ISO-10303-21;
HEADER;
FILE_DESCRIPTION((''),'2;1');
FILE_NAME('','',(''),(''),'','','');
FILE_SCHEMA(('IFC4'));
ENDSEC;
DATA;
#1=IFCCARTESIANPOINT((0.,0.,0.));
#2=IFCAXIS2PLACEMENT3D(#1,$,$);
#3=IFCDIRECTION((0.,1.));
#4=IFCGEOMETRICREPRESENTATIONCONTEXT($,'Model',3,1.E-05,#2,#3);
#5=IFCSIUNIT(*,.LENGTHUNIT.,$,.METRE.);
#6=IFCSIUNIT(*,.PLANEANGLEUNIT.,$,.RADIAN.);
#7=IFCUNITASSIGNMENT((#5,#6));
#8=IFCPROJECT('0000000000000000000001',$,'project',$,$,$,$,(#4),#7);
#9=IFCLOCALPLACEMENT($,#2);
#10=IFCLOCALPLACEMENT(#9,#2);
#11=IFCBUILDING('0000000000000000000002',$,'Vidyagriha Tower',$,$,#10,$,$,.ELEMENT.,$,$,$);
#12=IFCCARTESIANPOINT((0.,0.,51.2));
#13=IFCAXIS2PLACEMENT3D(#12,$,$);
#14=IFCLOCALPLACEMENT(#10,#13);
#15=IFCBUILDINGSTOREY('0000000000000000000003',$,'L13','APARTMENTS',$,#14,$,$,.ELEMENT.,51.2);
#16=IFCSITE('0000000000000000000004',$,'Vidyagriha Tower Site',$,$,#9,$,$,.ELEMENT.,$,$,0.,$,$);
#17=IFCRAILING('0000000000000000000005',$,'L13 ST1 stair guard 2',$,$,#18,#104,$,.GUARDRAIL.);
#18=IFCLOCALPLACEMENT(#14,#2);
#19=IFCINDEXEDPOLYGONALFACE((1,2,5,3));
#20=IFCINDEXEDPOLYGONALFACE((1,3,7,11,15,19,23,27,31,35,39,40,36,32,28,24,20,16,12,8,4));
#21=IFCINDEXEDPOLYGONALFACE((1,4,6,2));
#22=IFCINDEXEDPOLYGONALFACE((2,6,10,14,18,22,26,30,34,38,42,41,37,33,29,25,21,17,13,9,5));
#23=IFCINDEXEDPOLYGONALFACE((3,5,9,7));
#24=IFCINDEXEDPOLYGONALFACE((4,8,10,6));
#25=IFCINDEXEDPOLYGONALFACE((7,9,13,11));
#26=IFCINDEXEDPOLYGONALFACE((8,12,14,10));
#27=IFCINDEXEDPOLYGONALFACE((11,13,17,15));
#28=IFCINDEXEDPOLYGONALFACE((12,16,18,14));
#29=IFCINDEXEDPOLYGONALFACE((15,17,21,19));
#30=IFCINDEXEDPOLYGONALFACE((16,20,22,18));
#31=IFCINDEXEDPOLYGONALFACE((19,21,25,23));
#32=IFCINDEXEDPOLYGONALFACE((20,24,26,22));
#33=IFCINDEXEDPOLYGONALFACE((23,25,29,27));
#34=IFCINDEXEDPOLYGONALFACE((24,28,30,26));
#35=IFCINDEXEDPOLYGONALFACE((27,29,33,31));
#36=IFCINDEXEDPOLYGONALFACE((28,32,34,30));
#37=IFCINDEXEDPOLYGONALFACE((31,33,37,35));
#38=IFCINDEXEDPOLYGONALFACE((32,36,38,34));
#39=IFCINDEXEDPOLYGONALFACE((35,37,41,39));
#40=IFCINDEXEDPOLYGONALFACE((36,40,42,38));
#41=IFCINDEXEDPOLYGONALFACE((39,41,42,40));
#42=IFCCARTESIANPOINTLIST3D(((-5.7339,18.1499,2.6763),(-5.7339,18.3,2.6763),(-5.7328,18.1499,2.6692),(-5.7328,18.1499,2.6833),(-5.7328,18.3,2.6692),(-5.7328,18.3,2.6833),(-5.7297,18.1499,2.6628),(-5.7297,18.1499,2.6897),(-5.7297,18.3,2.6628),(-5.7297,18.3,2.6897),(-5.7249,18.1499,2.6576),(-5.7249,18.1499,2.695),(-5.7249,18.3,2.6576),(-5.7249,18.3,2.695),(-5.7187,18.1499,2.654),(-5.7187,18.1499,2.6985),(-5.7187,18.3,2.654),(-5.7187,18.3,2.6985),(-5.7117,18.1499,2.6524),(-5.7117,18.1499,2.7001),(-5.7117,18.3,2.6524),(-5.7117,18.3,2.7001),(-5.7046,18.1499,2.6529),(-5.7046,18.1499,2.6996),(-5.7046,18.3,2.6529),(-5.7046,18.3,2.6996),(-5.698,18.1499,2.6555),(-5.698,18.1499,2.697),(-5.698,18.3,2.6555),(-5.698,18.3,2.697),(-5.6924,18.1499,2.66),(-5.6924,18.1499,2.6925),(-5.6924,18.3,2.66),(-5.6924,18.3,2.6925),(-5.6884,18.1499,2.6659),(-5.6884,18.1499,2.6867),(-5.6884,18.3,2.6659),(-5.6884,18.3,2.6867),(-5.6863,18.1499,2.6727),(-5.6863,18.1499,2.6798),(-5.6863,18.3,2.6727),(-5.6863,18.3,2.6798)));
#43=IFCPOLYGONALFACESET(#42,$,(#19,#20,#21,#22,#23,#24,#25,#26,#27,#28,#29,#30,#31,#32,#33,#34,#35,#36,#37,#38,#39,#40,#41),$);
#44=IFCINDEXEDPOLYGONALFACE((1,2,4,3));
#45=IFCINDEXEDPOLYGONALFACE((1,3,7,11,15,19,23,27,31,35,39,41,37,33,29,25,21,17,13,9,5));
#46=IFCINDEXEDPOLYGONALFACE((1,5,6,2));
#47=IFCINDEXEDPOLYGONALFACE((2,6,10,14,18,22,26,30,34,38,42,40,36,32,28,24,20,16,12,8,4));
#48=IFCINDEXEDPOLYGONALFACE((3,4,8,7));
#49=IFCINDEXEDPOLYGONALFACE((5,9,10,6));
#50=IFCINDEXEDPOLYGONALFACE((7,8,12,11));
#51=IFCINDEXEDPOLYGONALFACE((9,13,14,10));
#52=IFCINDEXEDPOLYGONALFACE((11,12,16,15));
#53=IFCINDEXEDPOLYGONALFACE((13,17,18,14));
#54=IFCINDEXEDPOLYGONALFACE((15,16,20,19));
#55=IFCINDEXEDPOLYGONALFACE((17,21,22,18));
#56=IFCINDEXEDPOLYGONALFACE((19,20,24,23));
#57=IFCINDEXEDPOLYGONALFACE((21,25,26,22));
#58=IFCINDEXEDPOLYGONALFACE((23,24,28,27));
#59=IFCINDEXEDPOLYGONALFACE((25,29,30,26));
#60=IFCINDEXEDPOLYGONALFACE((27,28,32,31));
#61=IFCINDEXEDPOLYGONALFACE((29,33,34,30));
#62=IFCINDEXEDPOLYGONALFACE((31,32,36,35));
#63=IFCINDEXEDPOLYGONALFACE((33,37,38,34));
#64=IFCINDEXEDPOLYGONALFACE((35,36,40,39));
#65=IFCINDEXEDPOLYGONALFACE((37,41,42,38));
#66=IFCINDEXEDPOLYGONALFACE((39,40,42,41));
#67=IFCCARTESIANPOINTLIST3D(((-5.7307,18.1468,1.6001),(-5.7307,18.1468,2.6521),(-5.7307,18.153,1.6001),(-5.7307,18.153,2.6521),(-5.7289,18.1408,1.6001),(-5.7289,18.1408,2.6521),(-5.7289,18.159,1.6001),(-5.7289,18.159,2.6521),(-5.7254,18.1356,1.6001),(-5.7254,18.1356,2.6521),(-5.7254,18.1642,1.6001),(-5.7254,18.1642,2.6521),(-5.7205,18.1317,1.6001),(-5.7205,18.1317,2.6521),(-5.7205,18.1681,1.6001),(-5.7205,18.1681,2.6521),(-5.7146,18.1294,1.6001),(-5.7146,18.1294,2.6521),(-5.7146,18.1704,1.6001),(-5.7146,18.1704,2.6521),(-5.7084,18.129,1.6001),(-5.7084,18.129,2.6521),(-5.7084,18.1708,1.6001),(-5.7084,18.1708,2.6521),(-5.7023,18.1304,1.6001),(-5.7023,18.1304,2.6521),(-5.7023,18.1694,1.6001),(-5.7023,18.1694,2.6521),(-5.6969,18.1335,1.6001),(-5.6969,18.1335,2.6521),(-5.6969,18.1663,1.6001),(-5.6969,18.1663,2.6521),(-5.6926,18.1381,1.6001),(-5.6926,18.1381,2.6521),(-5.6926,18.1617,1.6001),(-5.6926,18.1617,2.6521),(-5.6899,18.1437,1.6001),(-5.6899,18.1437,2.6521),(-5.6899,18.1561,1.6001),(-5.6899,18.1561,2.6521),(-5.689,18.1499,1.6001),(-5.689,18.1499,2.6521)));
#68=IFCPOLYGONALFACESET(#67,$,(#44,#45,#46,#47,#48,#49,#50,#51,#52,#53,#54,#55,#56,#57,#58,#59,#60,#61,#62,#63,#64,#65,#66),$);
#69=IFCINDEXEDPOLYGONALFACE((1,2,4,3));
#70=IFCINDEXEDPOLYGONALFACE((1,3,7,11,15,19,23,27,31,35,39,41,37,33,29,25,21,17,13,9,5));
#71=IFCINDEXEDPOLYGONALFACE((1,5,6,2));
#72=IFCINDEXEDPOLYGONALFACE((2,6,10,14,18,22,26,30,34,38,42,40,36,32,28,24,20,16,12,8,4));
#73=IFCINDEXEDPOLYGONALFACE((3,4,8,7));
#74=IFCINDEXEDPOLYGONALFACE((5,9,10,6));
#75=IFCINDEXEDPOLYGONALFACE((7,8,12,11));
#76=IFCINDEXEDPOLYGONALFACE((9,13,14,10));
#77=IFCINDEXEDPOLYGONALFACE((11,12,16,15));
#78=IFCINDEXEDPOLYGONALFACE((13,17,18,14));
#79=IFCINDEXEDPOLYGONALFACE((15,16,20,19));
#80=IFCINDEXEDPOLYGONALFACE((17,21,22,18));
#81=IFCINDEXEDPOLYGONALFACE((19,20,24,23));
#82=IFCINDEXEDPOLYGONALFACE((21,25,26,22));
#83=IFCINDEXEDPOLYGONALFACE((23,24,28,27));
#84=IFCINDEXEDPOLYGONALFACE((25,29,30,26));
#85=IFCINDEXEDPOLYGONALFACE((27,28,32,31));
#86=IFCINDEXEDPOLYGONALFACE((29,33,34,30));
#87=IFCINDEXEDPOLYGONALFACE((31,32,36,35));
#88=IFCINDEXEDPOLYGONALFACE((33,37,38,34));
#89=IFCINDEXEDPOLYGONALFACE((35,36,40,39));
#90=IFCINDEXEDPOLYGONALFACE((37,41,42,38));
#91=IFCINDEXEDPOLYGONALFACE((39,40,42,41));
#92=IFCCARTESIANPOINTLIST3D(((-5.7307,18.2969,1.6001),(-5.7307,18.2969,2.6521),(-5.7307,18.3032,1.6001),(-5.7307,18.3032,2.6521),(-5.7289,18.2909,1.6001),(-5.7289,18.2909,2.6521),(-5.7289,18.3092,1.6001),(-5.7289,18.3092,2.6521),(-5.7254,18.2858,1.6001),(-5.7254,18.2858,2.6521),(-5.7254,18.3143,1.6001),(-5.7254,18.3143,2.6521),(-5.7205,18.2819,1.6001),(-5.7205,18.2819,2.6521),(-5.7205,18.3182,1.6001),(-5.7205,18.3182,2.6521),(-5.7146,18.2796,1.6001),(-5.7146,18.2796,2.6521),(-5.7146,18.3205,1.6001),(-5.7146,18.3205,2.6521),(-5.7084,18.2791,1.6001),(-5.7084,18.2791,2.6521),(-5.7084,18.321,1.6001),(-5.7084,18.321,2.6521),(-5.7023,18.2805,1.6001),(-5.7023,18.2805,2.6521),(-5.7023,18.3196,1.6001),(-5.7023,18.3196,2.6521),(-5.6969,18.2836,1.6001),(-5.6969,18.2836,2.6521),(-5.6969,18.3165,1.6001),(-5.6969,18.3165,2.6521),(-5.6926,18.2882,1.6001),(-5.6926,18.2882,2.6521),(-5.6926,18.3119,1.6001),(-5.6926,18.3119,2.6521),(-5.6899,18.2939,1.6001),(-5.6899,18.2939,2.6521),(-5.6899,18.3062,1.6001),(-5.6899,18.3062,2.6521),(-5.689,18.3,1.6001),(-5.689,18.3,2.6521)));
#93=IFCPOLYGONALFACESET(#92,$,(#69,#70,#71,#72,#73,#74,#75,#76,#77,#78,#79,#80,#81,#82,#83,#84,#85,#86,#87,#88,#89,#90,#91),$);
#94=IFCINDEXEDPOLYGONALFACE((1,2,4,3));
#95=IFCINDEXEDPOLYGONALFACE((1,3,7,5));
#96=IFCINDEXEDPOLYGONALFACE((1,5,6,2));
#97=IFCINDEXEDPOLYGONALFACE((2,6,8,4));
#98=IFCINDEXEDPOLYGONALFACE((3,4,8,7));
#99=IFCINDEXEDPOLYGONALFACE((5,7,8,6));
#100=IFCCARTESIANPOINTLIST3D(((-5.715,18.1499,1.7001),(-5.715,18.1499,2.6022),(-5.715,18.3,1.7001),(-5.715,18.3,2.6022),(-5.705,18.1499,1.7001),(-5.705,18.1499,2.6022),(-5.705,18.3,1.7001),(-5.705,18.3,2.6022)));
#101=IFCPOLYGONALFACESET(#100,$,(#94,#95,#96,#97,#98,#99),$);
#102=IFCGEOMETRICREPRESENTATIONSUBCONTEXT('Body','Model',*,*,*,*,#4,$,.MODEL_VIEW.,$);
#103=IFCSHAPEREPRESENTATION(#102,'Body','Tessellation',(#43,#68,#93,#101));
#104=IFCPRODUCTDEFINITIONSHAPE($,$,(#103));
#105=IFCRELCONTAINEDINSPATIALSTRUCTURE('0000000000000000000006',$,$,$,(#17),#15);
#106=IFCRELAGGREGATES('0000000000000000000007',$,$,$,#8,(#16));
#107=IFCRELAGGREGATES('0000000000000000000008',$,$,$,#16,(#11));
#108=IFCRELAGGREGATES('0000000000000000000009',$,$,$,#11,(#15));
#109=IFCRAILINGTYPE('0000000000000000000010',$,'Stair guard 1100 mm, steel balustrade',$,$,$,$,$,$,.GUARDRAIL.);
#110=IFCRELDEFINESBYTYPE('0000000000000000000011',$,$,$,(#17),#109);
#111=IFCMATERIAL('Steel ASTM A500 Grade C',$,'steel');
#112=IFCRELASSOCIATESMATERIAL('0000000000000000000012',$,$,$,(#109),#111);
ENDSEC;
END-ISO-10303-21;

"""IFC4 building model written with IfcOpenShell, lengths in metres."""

from ifc_helpers import new_model, si_unit, direction, frame, origin, origin_2d, place, context, subcontext, project, spatial, rectangle, circle, extrude, material, type_object, element, save


model = new_model("IFC4")

# Units and contexts
model_context = context("Model", 3, precision=1e-05, world=origin(), true_north=direction((0.0, 1.0)))
body_context = subcontext(model_context, "Body", "Model", "MODEL_VIEW")
ifc_project = project(units=[si_unit("LENGTHUNIT", "METRE"), si_unit("PLANEANGLEUNIT", "RADIAN")], contexts=[model_context])

# Site, building, storey
site_placement = place(None, origin())
site = spatial("IfcSite", under=ifc_project, at=site_placement, Name="Vidyagriha Tower Site", CompositionType="ELEMENT", RefElevation=0.0)
building_placement = place(site_placement, origin())
building = spatial("IfcBuilding", under=site, at=building_placement, Name="Vidyagriha Tower", CompositionType="ELEMENT")
storey_placement = place(building_placement, frame((0.0, 0.0, 51.2)))
storey = spatial("IfcBuildingStorey", under=building, at=storey_placement, Name="L13", Description="APARTMENTS", CompositionType="ELEMENT", Elevation=51.2)

# Railing
ifc_material_1 = material(Name="Steel ASTM A500 Grade C", Category="steel")
railing_type_1 = type_object("IfcRailingType", Name="Stair guard 1100 mm, steel balustrade", PredefinedType="GUARDRAIL", material=ifc_material_1)
railing_1_placement = place(storey_placement, frame((-5.71, 18.1499, 1.6001)))
element("IfcRailing", 1, at=railing_1_placement, inside=storey, type_object=railing_type_1, Name="L13 ST1 stair guard 2", PredefinedType="GUARDRAIL", context=body_context, shape_type="SweptSolid", body=[
    extrude(circle(Radius=0.0239, at=origin_2d()), frame((0.0, 0.0, 1.0762), z_axis=(0.0, 1.0, 0.0), x_axis=(-1.0, 0.0, 0.0)), (0.0, 0.0, 1.0), 0.1501),
    extrude(circle(Radius=0.021, at=origin_2d()), origin(), (0.0, 0.0, 1.0), 1.052),
    extrude(circle(Radius=0.021, at=origin_2d()), frame((0.0, 0.1501, 0.0)), (0.0, 0.0, 1.0), 1.052),
    extrude(rectangle(XDim=0.01, YDim=0.9021, at=origin_2d()), frame((0.0, 0.0, 0.551), z_axis=(0.0, 1.0, 0.0), x_axis=(-1.0, 0.0, 0.0)), (0.0, 0.0, 1.0), 0.1501),
])

save(model, "model.ifc")
